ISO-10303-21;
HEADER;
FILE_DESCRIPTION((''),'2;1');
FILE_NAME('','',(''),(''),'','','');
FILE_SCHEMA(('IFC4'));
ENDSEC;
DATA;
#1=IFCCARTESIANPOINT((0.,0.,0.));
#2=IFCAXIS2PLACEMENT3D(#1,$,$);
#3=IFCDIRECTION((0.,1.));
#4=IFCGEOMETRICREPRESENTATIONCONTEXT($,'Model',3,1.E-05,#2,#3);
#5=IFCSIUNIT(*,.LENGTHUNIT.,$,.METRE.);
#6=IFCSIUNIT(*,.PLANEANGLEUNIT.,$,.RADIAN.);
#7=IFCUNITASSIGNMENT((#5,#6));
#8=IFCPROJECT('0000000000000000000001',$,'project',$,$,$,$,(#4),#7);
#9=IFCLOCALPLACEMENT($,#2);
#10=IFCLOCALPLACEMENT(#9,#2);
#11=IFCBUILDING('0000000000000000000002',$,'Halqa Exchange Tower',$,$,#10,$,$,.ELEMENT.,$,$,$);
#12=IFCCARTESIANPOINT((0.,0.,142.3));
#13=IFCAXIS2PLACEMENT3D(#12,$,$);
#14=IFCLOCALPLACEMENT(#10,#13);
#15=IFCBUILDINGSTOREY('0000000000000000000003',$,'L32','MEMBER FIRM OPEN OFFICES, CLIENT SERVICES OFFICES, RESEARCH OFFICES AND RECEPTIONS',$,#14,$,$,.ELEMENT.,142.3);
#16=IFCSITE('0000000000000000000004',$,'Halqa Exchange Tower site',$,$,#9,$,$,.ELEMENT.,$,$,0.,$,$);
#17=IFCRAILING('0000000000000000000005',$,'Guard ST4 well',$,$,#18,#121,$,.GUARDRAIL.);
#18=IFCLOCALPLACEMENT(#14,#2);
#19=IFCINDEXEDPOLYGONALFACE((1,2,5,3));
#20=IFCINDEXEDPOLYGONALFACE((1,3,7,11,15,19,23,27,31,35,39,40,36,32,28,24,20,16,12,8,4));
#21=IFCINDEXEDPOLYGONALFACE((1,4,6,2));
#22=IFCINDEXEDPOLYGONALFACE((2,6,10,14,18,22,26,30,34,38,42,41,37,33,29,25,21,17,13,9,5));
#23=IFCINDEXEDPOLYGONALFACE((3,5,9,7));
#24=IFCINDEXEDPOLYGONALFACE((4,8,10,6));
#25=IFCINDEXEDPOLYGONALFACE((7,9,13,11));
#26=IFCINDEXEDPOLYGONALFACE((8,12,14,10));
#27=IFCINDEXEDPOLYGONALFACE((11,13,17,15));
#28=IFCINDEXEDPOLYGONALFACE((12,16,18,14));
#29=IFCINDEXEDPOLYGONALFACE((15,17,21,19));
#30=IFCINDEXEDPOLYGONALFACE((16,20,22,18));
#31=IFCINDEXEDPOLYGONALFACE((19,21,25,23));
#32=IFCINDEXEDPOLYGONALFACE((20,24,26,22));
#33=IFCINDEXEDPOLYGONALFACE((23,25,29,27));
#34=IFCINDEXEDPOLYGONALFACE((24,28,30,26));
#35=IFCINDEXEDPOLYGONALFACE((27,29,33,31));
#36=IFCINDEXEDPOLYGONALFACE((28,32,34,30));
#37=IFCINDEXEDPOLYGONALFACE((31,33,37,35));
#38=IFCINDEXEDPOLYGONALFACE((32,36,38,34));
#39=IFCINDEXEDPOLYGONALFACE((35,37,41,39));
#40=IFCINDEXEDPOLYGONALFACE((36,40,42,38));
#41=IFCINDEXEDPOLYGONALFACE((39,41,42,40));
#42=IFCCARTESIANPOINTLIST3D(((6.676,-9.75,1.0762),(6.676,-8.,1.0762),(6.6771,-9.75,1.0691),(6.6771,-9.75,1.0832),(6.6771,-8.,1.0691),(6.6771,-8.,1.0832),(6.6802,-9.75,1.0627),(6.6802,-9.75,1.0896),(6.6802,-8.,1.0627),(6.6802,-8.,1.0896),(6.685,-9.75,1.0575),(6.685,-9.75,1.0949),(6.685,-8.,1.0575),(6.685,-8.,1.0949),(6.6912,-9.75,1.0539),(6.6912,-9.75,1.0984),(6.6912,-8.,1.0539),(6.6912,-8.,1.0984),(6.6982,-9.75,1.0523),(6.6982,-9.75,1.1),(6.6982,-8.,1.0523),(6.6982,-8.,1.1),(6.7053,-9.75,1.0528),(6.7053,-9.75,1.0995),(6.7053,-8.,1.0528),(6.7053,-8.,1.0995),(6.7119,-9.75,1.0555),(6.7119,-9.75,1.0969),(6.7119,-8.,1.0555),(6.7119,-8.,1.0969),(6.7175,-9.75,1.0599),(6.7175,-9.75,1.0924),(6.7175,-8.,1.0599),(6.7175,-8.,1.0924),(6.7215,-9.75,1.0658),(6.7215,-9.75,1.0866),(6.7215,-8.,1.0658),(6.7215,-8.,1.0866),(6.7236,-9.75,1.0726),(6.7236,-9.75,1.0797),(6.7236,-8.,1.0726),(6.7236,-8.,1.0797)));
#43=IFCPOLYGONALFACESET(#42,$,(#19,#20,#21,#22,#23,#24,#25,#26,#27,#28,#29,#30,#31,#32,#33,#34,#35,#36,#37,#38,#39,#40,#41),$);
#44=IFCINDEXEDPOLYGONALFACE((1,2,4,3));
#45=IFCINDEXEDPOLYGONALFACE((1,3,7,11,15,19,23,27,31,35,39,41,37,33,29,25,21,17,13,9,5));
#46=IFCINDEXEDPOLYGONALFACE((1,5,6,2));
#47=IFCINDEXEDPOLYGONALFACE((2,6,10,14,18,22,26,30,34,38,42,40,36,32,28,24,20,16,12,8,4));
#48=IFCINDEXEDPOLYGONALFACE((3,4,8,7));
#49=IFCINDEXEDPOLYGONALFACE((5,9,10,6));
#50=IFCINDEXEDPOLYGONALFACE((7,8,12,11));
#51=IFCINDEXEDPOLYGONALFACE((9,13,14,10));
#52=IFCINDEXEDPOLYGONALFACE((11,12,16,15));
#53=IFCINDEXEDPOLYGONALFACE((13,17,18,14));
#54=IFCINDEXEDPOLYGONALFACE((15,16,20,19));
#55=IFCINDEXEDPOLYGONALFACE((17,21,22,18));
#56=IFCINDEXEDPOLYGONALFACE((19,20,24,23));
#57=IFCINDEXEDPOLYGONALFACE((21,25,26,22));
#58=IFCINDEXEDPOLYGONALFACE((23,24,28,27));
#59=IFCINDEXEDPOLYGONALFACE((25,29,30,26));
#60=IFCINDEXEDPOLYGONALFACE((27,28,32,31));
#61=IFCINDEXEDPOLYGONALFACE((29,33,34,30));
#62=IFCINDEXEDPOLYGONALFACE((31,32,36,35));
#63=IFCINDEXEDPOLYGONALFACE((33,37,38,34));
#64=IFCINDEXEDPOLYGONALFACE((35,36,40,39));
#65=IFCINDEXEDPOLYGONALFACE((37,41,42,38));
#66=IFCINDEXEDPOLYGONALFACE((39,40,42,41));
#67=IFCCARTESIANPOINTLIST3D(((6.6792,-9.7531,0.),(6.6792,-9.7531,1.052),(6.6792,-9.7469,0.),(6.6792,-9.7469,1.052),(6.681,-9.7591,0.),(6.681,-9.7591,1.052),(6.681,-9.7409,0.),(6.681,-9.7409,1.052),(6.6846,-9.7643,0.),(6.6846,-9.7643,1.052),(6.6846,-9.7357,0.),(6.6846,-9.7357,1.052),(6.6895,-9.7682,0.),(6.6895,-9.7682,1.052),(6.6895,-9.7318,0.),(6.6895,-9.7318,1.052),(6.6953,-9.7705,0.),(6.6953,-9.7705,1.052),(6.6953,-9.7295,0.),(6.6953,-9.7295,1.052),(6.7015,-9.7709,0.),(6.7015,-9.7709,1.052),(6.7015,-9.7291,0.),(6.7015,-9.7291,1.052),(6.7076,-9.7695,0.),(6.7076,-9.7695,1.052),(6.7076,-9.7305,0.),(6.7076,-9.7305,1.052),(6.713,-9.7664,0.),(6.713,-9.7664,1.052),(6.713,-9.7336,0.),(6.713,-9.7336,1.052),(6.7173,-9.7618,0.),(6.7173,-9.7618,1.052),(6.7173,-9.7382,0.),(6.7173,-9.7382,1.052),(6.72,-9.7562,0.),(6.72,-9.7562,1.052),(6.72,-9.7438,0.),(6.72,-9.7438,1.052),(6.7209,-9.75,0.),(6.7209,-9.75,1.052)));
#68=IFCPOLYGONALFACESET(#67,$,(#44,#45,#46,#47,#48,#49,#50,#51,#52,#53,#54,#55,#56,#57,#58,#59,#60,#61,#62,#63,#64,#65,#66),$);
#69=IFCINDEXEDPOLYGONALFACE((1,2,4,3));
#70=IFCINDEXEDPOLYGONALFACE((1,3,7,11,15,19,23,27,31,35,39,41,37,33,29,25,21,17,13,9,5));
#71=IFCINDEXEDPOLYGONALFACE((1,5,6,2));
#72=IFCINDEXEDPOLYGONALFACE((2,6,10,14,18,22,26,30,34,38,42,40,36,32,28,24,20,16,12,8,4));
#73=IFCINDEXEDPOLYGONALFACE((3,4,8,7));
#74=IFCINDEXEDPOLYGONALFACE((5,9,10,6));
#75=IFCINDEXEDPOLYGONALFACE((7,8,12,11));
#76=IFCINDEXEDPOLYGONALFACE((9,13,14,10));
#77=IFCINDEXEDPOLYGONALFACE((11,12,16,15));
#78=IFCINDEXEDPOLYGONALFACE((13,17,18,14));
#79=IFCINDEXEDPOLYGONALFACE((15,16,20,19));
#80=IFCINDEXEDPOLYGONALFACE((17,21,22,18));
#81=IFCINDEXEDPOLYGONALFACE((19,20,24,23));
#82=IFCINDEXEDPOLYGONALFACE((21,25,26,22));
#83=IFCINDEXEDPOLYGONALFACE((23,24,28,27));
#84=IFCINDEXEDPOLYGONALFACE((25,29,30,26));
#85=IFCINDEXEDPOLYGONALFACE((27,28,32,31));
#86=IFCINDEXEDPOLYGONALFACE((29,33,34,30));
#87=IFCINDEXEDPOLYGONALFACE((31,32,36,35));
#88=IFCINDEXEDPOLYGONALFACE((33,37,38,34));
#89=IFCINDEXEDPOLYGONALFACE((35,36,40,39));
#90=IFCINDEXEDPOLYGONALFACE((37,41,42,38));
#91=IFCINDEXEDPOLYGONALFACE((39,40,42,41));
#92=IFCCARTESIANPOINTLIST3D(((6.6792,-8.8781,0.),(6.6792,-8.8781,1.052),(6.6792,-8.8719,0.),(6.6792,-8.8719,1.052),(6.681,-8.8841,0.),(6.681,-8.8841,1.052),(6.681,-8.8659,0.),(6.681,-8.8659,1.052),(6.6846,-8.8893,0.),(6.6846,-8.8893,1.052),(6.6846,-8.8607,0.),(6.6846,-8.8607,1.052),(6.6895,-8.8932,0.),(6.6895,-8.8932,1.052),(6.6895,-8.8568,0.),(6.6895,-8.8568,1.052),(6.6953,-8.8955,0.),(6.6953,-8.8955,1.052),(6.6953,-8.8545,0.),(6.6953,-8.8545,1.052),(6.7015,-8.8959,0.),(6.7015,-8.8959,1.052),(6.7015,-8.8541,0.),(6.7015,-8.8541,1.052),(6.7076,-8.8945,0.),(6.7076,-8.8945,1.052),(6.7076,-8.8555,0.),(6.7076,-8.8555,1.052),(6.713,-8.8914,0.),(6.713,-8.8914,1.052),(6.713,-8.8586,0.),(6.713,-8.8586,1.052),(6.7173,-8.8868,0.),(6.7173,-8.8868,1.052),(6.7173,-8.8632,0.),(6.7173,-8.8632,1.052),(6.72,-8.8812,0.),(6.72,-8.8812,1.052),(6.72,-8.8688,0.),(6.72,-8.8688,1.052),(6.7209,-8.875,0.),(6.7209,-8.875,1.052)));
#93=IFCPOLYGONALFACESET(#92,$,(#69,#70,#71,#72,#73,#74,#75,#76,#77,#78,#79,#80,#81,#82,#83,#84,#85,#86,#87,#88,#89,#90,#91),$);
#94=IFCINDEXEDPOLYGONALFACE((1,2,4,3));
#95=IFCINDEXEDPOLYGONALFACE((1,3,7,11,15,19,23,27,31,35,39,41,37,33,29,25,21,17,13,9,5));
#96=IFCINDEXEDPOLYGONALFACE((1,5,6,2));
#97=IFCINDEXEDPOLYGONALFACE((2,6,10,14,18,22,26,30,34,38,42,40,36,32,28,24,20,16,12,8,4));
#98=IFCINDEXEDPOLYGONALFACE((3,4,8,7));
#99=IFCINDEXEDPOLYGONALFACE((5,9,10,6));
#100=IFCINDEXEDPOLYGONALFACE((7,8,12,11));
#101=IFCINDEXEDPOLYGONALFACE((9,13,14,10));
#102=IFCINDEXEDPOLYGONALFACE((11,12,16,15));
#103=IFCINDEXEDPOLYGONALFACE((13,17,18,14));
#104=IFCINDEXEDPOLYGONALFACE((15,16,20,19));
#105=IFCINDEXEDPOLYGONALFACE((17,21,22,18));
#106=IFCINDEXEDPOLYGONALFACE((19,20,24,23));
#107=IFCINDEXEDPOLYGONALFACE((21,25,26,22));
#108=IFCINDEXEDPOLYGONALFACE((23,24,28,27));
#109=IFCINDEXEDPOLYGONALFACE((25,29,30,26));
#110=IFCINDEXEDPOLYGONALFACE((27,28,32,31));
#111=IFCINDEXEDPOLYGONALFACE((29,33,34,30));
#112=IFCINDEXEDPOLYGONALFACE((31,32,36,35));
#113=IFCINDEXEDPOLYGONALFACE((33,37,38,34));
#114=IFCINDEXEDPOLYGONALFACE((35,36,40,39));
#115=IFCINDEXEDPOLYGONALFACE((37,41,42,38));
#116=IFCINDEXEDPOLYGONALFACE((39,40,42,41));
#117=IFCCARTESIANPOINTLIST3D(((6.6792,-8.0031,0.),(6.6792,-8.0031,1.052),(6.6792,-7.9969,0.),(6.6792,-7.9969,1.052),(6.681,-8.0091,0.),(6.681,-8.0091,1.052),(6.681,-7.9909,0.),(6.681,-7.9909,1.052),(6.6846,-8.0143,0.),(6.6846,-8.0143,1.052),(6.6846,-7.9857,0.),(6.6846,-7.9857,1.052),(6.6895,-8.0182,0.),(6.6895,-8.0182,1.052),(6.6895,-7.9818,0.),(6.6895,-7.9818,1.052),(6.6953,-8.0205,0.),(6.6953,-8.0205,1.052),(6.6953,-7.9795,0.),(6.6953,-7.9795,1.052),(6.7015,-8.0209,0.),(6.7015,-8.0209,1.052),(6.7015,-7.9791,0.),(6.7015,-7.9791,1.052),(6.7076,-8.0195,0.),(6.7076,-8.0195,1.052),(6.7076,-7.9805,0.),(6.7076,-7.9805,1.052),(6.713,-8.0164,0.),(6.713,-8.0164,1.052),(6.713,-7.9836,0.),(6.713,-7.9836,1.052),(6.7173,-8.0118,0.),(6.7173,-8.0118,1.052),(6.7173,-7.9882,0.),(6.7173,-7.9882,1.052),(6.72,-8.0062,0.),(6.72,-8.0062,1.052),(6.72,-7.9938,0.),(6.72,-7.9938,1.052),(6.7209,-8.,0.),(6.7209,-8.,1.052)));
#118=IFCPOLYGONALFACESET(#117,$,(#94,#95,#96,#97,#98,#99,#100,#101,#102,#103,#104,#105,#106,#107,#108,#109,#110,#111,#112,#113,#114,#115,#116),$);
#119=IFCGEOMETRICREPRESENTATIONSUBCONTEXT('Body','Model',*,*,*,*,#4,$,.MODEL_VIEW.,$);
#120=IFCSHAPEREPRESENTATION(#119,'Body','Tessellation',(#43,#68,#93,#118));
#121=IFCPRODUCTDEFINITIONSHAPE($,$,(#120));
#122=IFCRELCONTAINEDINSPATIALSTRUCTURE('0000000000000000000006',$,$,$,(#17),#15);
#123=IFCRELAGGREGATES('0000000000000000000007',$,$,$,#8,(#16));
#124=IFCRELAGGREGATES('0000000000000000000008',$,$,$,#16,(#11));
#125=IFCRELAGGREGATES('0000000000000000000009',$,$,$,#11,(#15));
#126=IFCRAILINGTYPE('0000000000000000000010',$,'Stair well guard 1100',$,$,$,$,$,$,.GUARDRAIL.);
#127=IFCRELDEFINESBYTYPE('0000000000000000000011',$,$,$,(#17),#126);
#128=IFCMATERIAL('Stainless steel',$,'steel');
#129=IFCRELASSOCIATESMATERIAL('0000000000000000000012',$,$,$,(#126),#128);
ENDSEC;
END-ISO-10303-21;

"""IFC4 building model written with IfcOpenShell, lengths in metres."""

from ifc_helpers import new_model, si_unit, direction, frame, origin, origin_2d, place, context, subcontext, project, spatial, circle, extrude, material, type_object, element, save


model = new_model("IFC4")

# Units and contexts
model_context = context("Model", 3, precision=1e-05, world=origin(), true_north=direction((0.0, 1.0)))
body_context = subcontext(model_context, "Body", "Model", "MODEL_VIEW")
ifc_project = project(units=[si_unit("LENGTHUNIT", "METRE"), si_unit("PLANEANGLEUNIT", "RADIAN")], contexts=[model_context])

# Site, building, storey
site_placement = place(None, origin())
site = spatial("IfcSite", under=ifc_project, at=site_placement, Name="Halqa Exchange Tower site", CompositionType="ELEMENT", RefElevation=0.0)
building_placement = place(site_placement, origin())
building = spatial("IfcBuilding", under=site, at=building_placement, Name="Halqa Exchange Tower", CompositionType="ELEMENT")
storey_placement = place(building_placement, frame((0.0, 0.0, 142.3)))
storey = spatial("IfcBuildingStorey", under=building, at=storey_placement, Name="L32", Description="MEMBER FIRM OPEN OFFICES, CLIENT SERVICES OFFICES, RESEARCH OFFICES AND RECEPTIONS", CompositionType="ELEMENT", Elevation=142.3)

# Railing
ifc_material_1 = material(Name="Stainless steel", Category="steel")
railing_type_1 = type_object("IfcRailingType", Name="Stair well guard 1100", PredefinedType="GUARDRAIL", material=ifc_material_1)
railing_1_placement = place(storey_placement, frame((6.7, -9.75, 0.0)))
element("IfcRailing", 1, at=railing_1_placement, inside=storey, type_object=railing_type_1, Name="Guard ST4 well", PredefinedType="GUARDRAIL", context=body_context, shape_type="SweptSolid", body=[
    extrude(circle(Radius=0.0239, at=origin_2d()), frame((0.0, 0.0, 1.0762), z_axis=(0.0, 1.0, 0.0), x_axis=(-1.0, 0.0, 0.0)), (0.0, 0.0, 1.0), 1.75),
    extrude(circle(Radius=0.021, at=origin_2d()), origin(), (0.0, 0.0, 1.0), 1.052),
    extrude(circle(Radius=0.021, at=origin_2d()), frame((0.0, 0.875, 0.0)), (0.0, 0.0, 1.0), 1.052),
    extrude(circle(Radius=0.021, at=origin_2d()), frame((0.0, 1.75, 0.0)), (0.0, 0.0, 1.0), 1.052),
])

save(model, "model.ifc")
